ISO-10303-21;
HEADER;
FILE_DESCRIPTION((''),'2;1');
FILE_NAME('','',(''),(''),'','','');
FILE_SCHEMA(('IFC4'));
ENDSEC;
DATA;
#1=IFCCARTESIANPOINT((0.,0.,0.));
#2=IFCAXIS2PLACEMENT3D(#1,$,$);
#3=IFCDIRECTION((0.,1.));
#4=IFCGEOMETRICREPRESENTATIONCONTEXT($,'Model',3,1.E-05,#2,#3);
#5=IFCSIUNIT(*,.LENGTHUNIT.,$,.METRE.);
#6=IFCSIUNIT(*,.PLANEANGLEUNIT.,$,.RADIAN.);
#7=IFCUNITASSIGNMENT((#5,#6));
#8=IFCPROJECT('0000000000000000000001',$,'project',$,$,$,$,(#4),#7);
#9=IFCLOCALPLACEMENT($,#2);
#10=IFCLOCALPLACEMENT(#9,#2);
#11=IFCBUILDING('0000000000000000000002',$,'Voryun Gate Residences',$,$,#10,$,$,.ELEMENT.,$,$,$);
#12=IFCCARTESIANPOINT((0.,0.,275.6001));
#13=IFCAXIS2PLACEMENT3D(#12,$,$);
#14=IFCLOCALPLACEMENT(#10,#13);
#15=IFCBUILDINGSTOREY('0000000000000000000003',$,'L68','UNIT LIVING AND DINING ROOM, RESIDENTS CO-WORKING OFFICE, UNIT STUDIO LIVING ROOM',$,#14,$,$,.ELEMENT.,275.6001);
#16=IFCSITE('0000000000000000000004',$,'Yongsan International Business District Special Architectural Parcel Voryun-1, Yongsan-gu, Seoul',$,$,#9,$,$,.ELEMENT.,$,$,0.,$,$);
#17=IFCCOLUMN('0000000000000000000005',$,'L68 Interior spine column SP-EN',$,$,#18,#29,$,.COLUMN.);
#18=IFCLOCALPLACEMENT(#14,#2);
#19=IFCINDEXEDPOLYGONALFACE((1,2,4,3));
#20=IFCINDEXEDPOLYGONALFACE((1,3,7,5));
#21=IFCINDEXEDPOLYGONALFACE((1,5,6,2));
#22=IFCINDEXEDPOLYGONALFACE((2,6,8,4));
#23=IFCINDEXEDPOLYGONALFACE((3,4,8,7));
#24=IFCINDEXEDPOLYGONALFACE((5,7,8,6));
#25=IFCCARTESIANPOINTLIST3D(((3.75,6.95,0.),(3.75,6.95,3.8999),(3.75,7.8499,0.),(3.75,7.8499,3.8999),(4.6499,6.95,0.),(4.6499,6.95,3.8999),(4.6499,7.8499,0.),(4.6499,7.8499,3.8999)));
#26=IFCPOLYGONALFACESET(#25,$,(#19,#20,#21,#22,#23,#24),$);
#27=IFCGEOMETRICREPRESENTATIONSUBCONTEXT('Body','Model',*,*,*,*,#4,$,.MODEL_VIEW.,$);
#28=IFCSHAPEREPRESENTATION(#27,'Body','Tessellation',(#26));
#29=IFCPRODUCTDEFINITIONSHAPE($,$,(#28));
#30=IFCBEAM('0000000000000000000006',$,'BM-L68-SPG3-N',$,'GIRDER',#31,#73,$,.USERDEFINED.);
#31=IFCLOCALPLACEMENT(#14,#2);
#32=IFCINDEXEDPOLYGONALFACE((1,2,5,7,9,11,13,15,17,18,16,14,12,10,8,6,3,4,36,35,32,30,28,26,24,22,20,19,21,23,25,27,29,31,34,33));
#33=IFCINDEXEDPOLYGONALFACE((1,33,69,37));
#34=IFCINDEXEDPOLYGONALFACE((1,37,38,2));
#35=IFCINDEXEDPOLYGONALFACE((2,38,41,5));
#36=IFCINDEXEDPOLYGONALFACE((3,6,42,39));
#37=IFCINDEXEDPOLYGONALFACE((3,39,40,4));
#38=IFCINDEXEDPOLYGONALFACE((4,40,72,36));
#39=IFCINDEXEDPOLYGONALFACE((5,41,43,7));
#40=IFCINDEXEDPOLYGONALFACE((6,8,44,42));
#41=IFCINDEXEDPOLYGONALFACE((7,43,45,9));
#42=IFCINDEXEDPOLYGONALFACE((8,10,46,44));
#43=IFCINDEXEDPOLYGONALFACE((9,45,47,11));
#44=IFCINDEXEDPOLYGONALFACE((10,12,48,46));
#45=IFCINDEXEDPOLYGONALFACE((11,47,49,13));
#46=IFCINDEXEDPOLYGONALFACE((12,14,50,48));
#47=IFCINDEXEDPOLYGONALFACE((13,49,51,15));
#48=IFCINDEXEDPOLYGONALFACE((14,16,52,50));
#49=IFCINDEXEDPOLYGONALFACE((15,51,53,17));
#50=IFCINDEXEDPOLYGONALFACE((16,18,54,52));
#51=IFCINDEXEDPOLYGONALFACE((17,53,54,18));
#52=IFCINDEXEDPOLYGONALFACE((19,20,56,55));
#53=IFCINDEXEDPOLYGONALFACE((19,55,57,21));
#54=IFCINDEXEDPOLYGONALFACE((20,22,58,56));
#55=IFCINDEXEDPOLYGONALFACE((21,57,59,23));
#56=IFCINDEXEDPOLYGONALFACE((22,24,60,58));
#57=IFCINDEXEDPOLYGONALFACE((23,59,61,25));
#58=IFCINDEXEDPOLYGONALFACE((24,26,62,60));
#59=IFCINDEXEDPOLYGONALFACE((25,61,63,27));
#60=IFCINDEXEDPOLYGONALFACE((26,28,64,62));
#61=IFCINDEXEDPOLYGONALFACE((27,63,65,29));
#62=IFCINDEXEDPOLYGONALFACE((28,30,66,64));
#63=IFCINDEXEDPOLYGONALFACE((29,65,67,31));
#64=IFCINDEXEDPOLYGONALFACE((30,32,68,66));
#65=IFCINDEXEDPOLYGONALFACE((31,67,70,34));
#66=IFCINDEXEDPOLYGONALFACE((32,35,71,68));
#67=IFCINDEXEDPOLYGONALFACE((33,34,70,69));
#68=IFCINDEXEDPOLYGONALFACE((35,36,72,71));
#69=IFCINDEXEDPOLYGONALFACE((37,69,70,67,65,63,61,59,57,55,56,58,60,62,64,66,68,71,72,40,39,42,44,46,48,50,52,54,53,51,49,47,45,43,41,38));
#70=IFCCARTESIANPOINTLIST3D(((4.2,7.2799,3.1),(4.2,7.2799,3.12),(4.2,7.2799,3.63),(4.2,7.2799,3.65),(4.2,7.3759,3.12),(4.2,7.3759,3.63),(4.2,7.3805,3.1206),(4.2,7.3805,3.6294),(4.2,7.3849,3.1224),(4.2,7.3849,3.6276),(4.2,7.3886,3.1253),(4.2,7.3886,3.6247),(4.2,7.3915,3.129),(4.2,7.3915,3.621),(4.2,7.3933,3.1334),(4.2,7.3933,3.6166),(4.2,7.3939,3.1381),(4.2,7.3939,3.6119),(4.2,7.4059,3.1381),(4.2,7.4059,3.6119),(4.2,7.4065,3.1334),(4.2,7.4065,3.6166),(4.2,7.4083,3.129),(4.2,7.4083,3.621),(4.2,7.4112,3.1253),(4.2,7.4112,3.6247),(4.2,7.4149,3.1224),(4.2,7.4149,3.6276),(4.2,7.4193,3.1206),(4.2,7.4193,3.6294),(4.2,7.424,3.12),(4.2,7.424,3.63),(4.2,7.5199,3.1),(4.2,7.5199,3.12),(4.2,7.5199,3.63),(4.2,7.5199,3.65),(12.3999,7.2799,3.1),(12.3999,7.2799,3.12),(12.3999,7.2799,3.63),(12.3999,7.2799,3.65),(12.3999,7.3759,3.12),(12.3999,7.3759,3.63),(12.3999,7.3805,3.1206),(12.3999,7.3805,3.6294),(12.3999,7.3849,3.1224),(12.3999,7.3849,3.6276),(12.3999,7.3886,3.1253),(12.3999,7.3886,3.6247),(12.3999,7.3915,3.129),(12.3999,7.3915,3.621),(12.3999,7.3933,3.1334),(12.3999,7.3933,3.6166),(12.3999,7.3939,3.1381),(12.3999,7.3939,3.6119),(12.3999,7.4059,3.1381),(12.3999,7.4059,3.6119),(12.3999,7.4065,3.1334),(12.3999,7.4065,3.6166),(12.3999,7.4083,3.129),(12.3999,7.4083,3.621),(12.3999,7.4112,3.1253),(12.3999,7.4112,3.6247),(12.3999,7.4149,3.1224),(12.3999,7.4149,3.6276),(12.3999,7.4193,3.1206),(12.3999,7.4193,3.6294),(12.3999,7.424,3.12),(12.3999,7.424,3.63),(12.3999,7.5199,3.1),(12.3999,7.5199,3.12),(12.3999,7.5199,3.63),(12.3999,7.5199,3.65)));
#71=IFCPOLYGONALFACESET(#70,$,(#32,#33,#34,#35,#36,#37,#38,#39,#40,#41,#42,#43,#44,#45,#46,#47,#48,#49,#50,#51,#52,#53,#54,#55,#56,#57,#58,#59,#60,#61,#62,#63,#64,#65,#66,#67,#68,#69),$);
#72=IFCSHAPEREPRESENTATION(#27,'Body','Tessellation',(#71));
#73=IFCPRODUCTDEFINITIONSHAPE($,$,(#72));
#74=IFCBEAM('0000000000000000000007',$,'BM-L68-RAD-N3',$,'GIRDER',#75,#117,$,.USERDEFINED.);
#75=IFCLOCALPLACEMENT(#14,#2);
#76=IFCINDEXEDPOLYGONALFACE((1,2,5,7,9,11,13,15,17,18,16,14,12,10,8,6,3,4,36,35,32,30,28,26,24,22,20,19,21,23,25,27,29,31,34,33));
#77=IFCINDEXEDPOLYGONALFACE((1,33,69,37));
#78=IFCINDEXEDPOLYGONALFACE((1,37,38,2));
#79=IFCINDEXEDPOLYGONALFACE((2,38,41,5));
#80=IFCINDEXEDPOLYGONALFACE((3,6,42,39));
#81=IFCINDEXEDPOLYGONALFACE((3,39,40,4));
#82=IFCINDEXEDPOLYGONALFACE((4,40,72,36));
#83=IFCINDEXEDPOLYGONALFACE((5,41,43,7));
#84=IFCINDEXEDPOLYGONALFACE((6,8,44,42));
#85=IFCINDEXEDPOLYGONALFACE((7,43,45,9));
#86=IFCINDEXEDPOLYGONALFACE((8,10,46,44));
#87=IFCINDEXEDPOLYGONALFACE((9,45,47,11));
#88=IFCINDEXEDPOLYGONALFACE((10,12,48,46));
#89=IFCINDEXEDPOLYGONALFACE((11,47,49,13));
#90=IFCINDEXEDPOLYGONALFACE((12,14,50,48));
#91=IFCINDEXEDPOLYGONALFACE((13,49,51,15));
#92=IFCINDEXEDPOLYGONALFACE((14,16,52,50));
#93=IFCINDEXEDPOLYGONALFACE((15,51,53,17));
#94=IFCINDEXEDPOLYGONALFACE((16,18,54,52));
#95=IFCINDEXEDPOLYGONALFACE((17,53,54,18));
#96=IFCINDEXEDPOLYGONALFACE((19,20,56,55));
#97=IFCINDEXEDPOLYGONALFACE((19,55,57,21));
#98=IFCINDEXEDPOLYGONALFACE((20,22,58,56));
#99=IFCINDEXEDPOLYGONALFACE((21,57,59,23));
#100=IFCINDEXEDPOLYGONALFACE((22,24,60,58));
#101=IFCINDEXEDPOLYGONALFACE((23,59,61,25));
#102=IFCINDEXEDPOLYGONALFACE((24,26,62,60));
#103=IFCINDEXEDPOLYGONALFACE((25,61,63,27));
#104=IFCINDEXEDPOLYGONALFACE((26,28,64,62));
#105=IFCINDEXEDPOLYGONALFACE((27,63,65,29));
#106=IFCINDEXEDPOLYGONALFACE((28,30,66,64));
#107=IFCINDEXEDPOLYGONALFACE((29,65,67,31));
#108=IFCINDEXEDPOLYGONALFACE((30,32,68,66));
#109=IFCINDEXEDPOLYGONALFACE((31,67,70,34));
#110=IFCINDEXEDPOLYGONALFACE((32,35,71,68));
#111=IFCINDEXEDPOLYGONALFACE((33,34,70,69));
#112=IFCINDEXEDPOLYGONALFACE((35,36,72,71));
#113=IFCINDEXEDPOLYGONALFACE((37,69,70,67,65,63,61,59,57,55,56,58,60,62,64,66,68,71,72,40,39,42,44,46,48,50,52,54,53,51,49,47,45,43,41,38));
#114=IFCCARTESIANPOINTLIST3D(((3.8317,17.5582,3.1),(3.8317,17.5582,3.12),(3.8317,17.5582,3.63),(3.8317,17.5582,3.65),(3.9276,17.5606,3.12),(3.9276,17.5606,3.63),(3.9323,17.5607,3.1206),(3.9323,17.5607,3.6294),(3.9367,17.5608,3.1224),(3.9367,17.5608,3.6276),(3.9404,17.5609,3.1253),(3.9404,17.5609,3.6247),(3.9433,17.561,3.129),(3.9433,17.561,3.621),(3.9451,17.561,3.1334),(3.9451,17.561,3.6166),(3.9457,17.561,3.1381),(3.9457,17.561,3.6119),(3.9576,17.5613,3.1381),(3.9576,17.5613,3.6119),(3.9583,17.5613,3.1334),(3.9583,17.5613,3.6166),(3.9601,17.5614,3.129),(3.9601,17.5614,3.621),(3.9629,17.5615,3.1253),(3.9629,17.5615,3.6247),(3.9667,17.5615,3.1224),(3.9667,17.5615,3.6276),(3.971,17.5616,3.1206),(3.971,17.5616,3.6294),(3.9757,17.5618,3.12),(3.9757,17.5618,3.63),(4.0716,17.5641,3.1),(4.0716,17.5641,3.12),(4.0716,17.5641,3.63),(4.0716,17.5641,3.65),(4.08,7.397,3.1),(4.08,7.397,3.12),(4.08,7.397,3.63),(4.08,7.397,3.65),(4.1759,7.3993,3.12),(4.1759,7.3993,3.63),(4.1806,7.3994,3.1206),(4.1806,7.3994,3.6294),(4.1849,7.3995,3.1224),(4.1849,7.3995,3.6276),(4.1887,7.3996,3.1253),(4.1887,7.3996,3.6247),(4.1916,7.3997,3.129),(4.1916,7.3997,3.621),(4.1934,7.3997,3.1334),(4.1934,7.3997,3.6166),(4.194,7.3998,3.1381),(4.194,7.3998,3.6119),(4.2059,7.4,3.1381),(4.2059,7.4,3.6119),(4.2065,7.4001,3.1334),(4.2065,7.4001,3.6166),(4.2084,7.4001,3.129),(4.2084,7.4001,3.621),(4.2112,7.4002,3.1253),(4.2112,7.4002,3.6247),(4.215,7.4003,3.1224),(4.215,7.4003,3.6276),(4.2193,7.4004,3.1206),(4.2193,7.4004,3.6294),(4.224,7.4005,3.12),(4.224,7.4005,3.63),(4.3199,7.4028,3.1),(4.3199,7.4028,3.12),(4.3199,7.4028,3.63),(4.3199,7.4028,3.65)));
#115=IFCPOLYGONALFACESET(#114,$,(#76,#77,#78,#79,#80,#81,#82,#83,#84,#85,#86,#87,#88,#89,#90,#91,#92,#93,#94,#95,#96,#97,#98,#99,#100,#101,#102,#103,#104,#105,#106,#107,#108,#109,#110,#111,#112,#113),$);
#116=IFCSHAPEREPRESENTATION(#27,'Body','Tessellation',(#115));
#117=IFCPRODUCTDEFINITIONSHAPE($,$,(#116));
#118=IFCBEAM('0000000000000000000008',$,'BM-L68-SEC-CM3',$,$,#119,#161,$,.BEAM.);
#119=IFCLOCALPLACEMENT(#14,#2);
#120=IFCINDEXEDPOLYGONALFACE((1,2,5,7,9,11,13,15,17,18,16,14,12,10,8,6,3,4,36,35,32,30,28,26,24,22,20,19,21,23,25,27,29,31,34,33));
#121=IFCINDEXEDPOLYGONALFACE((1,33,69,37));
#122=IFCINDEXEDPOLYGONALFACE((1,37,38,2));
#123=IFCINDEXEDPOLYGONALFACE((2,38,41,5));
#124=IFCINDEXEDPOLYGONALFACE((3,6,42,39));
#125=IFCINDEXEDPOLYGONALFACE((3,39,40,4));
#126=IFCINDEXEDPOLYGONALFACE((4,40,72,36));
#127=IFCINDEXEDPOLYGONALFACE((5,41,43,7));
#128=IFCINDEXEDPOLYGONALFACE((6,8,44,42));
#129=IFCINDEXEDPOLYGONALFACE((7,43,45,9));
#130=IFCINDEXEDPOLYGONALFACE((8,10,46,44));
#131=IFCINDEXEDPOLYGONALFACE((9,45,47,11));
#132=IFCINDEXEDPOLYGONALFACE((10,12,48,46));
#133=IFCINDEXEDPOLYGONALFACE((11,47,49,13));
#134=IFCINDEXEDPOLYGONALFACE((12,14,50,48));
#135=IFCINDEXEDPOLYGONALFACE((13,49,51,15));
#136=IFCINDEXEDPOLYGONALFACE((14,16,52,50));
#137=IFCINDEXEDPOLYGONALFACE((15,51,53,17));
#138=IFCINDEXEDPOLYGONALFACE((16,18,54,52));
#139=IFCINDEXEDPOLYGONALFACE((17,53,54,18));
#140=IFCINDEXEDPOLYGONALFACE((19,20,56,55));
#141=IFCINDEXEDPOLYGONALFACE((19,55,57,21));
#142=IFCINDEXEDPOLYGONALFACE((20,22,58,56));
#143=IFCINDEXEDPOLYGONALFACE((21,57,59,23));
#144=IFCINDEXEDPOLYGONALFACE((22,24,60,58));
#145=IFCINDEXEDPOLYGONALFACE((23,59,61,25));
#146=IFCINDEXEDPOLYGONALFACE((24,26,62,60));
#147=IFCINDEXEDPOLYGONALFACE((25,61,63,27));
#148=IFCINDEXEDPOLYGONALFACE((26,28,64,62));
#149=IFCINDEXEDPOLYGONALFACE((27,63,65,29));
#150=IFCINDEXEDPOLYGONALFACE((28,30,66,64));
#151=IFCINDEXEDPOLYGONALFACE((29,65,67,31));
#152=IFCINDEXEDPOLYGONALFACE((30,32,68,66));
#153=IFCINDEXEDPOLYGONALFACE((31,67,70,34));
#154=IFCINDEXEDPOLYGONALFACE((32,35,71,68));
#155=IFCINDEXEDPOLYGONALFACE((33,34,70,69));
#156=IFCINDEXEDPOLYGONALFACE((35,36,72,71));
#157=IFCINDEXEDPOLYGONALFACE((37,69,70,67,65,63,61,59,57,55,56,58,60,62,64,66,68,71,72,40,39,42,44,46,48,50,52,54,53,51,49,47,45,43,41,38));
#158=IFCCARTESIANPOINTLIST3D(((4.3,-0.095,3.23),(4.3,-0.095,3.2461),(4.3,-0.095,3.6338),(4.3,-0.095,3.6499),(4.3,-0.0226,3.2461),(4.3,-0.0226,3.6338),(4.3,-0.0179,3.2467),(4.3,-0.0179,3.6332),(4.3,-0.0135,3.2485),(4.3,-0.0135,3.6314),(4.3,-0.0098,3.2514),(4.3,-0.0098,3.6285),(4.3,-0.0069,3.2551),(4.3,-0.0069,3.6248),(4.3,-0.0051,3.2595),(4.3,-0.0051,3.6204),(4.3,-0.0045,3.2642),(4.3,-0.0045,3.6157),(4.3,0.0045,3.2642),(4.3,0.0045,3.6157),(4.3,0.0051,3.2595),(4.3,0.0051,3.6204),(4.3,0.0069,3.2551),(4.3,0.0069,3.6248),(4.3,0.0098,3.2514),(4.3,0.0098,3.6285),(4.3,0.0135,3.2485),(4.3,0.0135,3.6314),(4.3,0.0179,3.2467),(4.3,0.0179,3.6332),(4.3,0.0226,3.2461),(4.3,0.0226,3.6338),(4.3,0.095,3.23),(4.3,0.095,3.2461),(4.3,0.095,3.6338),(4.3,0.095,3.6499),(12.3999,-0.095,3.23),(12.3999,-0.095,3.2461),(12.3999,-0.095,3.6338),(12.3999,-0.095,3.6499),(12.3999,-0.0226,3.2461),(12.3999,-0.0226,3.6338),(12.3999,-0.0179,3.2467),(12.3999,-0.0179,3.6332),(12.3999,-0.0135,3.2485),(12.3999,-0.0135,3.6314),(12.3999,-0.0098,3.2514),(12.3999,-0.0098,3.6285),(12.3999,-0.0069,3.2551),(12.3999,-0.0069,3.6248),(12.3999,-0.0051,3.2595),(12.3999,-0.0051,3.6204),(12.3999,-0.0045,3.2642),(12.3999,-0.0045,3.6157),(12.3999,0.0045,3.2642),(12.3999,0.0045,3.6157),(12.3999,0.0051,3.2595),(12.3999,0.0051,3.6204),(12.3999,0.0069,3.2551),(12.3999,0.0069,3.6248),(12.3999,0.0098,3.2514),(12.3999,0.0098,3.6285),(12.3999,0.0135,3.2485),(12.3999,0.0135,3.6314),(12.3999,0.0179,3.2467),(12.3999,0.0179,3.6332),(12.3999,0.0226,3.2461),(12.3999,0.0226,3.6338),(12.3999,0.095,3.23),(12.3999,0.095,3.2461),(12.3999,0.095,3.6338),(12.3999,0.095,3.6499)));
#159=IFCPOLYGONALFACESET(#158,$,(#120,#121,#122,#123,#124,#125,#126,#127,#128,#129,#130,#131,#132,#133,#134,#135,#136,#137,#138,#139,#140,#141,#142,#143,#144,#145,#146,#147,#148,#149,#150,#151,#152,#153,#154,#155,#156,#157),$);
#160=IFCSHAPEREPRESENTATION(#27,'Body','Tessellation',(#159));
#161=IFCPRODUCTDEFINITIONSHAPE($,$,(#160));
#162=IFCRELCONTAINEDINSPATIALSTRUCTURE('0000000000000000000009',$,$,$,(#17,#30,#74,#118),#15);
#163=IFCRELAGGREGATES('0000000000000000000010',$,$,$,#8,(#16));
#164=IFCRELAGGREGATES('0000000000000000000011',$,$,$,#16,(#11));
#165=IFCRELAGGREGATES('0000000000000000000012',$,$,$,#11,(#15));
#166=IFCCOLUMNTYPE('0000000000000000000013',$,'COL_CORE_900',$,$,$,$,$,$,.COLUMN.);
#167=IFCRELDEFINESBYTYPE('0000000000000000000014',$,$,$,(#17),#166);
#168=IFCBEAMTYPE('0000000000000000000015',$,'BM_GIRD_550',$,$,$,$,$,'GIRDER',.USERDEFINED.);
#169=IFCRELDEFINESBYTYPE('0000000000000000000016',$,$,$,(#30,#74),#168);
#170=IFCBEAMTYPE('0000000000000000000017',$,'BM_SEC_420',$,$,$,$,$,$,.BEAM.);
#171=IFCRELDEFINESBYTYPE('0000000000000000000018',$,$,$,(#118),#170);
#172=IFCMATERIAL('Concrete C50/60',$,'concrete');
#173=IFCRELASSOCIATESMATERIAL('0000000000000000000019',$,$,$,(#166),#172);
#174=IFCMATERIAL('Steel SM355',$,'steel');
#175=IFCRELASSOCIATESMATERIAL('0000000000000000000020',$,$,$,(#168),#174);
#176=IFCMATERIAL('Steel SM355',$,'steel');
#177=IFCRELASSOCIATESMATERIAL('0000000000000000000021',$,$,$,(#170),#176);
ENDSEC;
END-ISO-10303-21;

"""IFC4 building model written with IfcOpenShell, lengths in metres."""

from ifc_helpers import new_model, si_unit, direction, frame, origin, origin_2d, place, context, subcontext, project, spatial, rectangle, i_section, extrude, material, material_profile, profile_set, type_object, element, save


model = new_model("IFC4")

# Units and contexts
model_context = context("Model", 3, precision=1e-05, world=origin(), true_north=direction((0.0, 1.0)))
body_context = subcontext(model_context, "Body", "Model", "MODEL_VIEW")
ifc_project = project(units=[si_unit("LENGTHUNIT", "METRE"), si_unit("PLANEANGLEUNIT", "RADIAN")], contexts=[model_context])

# Site, building, storey
site_placement = place(None, origin())
site = spatial("IfcSite", under=ifc_project, at=site_placement, Name="Yongsan International Business District Special Architectural Parcel Voryun-1, Yongsan-gu, Seoul", CompositionType="ELEMENT", RefElevation=0.0)
building_placement = place(site_placement, origin())
building = spatial("IfcBuilding", under=site, at=building_placement, Name="Voryun Gate Residences", CompositionType="ELEMENT")
storey_placement = place(building_placement, frame((0.0, 0.0, 275.6001)))
storey = spatial("IfcBuildingStorey", under=building, at=storey_placement, Name="L68", Description="UNIT LIVING AND DINING ROOM, RESIDENTS CO-WORKING OFFICE, UNIT STUDIO LIVING ROOM", CompositionType="ELEMENT", Elevation=275.6001)

# Column
ifc_material_1 = material(Name="Concrete C50/60", Category="concrete")
ifc_material_profile_1 = material_profile(ifc_material_1, rectangle(XDim=0.8999, YDim=0.8999, at=origin_2d()), Name="RC-900x900")
ifc_profile_set_1 = profile_set([ifc_material_profile_1], Name="Concrete C50/60")
column_type = type_object("IfcColumnType", Name="COL_CORE_900", PredefinedType="COLUMN", material=ifc_profile_set_1)
column_placement = place(storey_placement, frame((4.2, 7.3999, 0.0), z_axis=(0.0, 0.0, 1.0), x_axis=(1.0, 0.0, 0.0)))
element("IfcColumn", 1, at=column_placement, inside=storey, type_object=column_type, Name="L68 Interior spine column SP-EN", PredefinedType="COLUMN", context=body_context, shape_type="SweptSolid", body=[
    extrude(rectangle(XDim=0.8999, YDim=0.8999, at=origin_2d()), origin(), (0.0, 0.0, 1.0), 3.8999),
])

# Beams
ifc_material_2 = material(Name="Steel SM355", Category="steel")
ifc_material_profile_2 = material_profile(ifc_material_2, i_section(OverallWidth=0.24, OverallDepth=0.55, WebThickness=0.012, FlangeThickness=0.02, FilletRadius=0.0181, at=origin_2d()), Name="H-550x240x12x20")
ifc_profile_set_2 = profile_set([ifc_material_profile_2], Name="Steel SM355")
beam_type_1 = type_object("IfcBeamType", Name="BM_GIRD_550", ElementType="GIRDER", PredefinedType="USERDEFINED", material=ifc_profile_set_2)
beam_1_placement = place(storey_placement, frame((4.2, 7.3999, 3.375), z_axis=(1.0, 0.0, 0.0), x_axis=(0.0, 1.0, 0.0)))
element("IfcBeam", 2, at=beam_1_placement, inside=storey, type_object=beam_type_1, Name="BM-L68-SPG3-N", ObjectType="GIRDER", PredefinedType="USERDEFINED", context=body_context, shape_type="SweptSolid", body=[
    extrude(i_section(OverallWidth=0.24, OverallDepth=0.55, WebThickness=0.012, FlangeThickness=0.02, FilletRadius=0.0181, at=origin_2d()), origin(), (0.0, 0.0, 1.0), 8.2),
])
beam_2_placement = place(storey_placement, frame((4.2, 7.3999, 3.375), z_axis=(-0.024427, 0.999702, 0.0), x_axis=(-0.999702, -0.024427, 0.0)))
element("IfcBeam", 3, at=beam_2_placement, inside=storey, type_object=beam_type_1, Name="BM-L68-RAD-N3", ObjectType="GIRDER", PredefinedType="USERDEFINED", context=body_context, shape_type="SweptSolid", body=[
    extrude(i_section(OverallWidth=0.24, OverallDepth=0.55, WebThickness=0.012, FlangeThickness=0.02, FilletRadius=0.0181, at=origin_2d()), origin(), (0.0, 0.0, 1.0), 10.1643),
])
ifc_material_3 = material(Name="Steel SM355", Category="steel")
ifc_material_profile_3 = material_profile(ifc_material_3, i_section(OverallWidth=0.1899, OverallDepth=0.4199, WebThickness=0.009, FlangeThickness=0.0161, FilletRadius=0.0181, at=origin_2d()), Name="H-420x190x9x16")
ifc_profile_set_3 = profile_set([ifc_material_profile_3], Name="Steel SM355")
beam_type_2 = type_object("IfcBeamType", Name="BM_SEC_420", PredefinedType="BEAM", material=ifc_profile_set_3)
beam_3_placement = place(storey_placement, frame((4.3, 0.0, 3.4399), z_axis=(1.0, 0.0, 0.0), x_axis=(0.0, 1.0, 0.0)))
element("IfcBeam", 4, at=beam_3_placement, inside=storey, type_object=beam_type_2, Name="BM-L68-SEC-CM3", PredefinedType="BEAM", context=body_context, shape_type="SweptSolid", body=[
    extrude(i_section(OverallWidth=0.1899, OverallDepth=0.4199, WebThickness=0.009, FlangeThickness=0.0161, FilletRadius=0.0181, at=origin_2d()), origin(), (0.0, 0.0, 1.0), 8.0999),
])

save(model, "model.ifc")
